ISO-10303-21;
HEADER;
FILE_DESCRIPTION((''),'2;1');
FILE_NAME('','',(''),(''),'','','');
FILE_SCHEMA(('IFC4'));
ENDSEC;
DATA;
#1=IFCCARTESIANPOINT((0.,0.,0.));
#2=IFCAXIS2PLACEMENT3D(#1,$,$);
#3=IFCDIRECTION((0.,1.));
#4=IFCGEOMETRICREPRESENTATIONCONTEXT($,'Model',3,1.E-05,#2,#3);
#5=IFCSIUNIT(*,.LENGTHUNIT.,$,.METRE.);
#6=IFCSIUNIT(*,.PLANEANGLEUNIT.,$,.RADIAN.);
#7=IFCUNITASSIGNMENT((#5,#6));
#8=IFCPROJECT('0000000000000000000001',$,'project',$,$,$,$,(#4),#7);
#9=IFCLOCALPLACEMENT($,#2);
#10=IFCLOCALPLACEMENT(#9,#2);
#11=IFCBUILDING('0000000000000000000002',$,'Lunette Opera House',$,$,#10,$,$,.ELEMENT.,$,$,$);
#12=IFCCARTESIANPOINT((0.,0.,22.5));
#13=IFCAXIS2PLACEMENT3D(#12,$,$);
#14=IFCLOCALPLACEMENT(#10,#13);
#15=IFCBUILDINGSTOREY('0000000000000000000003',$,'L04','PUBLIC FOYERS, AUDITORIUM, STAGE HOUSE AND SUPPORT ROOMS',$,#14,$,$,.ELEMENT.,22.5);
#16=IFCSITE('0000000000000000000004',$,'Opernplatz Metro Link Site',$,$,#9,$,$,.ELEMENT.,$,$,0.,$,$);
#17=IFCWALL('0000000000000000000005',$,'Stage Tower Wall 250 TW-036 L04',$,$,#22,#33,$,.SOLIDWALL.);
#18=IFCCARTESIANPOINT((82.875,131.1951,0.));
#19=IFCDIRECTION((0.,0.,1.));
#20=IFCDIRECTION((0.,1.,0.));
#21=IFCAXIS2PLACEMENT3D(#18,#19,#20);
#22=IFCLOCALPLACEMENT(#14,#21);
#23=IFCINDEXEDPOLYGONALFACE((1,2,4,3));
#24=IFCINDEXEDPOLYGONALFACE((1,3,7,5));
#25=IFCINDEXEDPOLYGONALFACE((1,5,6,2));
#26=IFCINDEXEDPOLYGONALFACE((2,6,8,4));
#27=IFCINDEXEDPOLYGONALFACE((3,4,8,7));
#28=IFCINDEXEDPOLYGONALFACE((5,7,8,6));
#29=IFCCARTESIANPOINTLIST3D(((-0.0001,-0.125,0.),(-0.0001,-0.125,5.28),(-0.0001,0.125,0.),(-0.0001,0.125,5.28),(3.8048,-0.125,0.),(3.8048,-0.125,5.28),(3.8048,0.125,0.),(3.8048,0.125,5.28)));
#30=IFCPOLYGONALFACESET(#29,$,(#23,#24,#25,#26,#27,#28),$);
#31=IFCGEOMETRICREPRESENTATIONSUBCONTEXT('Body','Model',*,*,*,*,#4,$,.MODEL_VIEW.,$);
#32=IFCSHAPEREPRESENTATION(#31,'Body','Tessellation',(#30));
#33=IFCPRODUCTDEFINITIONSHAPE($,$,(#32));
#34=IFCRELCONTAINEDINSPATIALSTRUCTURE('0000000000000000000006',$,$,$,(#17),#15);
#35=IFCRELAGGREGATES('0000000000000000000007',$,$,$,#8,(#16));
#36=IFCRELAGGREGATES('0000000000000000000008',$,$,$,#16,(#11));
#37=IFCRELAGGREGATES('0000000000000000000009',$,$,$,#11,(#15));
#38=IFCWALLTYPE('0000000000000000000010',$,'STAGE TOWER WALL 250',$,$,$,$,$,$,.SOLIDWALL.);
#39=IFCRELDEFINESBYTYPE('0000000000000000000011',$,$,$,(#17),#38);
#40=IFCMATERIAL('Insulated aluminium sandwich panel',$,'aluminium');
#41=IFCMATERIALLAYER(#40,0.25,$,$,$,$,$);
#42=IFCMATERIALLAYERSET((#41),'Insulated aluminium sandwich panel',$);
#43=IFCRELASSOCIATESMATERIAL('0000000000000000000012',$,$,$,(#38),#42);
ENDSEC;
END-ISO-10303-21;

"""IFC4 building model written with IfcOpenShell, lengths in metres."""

from ifc_helpers import new_model, si_unit, direction, frame, frame_2d, origin, place, context, subcontext, project, spatial, rectangle, extrude, material, layer, layer_set, type_object, element, save


model = new_model("IFC4")

# Units and contexts
model_context = context("Model", 3, precision=1e-05, world=origin(), true_north=direction((0.0, 1.0)))
body_context = subcontext(model_context, "Body", "Model", "MODEL_VIEW")
ifc_project = project(units=[si_unit("LENGTHUNIT", "METRE"), si_unit("PLANEANGLEUNIT", "RADIAN")], contexts=[model_context])

# Site, building, storey
site_placement = place(None, origin())
site = spatial("IfcSite", under=ifc_project, at=site_placement, Name="Opernplatz Metro Link Site", CompositionType="ELEMENT", RefElevation=0.0)
building_placement = place(site_placement, origin())
building = spatial("IfcBuilding", under=site, at=building_placement, Name="Lunette Opera House", CompositionType="ELEMENT")
storey_placement = place(building_placement, frame((0.0, 0.0, 22.5)))
storey = spatial("IfcBuildingStorey", under=building, at=storey_placement, Name="L04", Description="PUBLIC FOYERS, AUDITORIUM, STAGE HOUSE AND SUPPORT ROOMS", CompositionType="ELEMENT", Elevation=22.5)

# Wall
ifc_material_1 = material(Name="Insulated aluminium sandwich panel", Category="aluminium")
ifc_layer_1 = layer(ifc_material_1, 0.25)
ifc_layer_set_1 = layer_set([ifc_layer_1], Name="Insulated aluminium sandwich panel")
wall_type_1 = type_object("IfcWallType", Name="STAGE TOWER WALL 250", PredefinedType="SOLIDWALL", material=ifc_layer_set_1)
wall_1_placement = place(storey_placement, frame((82.875, 131.1951, 0.0), z_axis=(0.0, 0.0, 1.0), x_axis=(0.0, 1.0, 0.0)))
element("IfcWall", 1, at=wall_1_placement, inside=storey, type_object=wall_type_1, Name="Stage Tower Wall 250 TW-036 L04", PredefinedType="SOLIDWALL", context=body_context, shape_type="SweptSolid", body=[
    extrude(rectangle(XDim=3.8049, YDim=0.25, at=frame_2d((1.9023, 0.0))), origin(), (0.0, 0.0, 1.0), 5.28),
])

save(model, "model.ifc")
